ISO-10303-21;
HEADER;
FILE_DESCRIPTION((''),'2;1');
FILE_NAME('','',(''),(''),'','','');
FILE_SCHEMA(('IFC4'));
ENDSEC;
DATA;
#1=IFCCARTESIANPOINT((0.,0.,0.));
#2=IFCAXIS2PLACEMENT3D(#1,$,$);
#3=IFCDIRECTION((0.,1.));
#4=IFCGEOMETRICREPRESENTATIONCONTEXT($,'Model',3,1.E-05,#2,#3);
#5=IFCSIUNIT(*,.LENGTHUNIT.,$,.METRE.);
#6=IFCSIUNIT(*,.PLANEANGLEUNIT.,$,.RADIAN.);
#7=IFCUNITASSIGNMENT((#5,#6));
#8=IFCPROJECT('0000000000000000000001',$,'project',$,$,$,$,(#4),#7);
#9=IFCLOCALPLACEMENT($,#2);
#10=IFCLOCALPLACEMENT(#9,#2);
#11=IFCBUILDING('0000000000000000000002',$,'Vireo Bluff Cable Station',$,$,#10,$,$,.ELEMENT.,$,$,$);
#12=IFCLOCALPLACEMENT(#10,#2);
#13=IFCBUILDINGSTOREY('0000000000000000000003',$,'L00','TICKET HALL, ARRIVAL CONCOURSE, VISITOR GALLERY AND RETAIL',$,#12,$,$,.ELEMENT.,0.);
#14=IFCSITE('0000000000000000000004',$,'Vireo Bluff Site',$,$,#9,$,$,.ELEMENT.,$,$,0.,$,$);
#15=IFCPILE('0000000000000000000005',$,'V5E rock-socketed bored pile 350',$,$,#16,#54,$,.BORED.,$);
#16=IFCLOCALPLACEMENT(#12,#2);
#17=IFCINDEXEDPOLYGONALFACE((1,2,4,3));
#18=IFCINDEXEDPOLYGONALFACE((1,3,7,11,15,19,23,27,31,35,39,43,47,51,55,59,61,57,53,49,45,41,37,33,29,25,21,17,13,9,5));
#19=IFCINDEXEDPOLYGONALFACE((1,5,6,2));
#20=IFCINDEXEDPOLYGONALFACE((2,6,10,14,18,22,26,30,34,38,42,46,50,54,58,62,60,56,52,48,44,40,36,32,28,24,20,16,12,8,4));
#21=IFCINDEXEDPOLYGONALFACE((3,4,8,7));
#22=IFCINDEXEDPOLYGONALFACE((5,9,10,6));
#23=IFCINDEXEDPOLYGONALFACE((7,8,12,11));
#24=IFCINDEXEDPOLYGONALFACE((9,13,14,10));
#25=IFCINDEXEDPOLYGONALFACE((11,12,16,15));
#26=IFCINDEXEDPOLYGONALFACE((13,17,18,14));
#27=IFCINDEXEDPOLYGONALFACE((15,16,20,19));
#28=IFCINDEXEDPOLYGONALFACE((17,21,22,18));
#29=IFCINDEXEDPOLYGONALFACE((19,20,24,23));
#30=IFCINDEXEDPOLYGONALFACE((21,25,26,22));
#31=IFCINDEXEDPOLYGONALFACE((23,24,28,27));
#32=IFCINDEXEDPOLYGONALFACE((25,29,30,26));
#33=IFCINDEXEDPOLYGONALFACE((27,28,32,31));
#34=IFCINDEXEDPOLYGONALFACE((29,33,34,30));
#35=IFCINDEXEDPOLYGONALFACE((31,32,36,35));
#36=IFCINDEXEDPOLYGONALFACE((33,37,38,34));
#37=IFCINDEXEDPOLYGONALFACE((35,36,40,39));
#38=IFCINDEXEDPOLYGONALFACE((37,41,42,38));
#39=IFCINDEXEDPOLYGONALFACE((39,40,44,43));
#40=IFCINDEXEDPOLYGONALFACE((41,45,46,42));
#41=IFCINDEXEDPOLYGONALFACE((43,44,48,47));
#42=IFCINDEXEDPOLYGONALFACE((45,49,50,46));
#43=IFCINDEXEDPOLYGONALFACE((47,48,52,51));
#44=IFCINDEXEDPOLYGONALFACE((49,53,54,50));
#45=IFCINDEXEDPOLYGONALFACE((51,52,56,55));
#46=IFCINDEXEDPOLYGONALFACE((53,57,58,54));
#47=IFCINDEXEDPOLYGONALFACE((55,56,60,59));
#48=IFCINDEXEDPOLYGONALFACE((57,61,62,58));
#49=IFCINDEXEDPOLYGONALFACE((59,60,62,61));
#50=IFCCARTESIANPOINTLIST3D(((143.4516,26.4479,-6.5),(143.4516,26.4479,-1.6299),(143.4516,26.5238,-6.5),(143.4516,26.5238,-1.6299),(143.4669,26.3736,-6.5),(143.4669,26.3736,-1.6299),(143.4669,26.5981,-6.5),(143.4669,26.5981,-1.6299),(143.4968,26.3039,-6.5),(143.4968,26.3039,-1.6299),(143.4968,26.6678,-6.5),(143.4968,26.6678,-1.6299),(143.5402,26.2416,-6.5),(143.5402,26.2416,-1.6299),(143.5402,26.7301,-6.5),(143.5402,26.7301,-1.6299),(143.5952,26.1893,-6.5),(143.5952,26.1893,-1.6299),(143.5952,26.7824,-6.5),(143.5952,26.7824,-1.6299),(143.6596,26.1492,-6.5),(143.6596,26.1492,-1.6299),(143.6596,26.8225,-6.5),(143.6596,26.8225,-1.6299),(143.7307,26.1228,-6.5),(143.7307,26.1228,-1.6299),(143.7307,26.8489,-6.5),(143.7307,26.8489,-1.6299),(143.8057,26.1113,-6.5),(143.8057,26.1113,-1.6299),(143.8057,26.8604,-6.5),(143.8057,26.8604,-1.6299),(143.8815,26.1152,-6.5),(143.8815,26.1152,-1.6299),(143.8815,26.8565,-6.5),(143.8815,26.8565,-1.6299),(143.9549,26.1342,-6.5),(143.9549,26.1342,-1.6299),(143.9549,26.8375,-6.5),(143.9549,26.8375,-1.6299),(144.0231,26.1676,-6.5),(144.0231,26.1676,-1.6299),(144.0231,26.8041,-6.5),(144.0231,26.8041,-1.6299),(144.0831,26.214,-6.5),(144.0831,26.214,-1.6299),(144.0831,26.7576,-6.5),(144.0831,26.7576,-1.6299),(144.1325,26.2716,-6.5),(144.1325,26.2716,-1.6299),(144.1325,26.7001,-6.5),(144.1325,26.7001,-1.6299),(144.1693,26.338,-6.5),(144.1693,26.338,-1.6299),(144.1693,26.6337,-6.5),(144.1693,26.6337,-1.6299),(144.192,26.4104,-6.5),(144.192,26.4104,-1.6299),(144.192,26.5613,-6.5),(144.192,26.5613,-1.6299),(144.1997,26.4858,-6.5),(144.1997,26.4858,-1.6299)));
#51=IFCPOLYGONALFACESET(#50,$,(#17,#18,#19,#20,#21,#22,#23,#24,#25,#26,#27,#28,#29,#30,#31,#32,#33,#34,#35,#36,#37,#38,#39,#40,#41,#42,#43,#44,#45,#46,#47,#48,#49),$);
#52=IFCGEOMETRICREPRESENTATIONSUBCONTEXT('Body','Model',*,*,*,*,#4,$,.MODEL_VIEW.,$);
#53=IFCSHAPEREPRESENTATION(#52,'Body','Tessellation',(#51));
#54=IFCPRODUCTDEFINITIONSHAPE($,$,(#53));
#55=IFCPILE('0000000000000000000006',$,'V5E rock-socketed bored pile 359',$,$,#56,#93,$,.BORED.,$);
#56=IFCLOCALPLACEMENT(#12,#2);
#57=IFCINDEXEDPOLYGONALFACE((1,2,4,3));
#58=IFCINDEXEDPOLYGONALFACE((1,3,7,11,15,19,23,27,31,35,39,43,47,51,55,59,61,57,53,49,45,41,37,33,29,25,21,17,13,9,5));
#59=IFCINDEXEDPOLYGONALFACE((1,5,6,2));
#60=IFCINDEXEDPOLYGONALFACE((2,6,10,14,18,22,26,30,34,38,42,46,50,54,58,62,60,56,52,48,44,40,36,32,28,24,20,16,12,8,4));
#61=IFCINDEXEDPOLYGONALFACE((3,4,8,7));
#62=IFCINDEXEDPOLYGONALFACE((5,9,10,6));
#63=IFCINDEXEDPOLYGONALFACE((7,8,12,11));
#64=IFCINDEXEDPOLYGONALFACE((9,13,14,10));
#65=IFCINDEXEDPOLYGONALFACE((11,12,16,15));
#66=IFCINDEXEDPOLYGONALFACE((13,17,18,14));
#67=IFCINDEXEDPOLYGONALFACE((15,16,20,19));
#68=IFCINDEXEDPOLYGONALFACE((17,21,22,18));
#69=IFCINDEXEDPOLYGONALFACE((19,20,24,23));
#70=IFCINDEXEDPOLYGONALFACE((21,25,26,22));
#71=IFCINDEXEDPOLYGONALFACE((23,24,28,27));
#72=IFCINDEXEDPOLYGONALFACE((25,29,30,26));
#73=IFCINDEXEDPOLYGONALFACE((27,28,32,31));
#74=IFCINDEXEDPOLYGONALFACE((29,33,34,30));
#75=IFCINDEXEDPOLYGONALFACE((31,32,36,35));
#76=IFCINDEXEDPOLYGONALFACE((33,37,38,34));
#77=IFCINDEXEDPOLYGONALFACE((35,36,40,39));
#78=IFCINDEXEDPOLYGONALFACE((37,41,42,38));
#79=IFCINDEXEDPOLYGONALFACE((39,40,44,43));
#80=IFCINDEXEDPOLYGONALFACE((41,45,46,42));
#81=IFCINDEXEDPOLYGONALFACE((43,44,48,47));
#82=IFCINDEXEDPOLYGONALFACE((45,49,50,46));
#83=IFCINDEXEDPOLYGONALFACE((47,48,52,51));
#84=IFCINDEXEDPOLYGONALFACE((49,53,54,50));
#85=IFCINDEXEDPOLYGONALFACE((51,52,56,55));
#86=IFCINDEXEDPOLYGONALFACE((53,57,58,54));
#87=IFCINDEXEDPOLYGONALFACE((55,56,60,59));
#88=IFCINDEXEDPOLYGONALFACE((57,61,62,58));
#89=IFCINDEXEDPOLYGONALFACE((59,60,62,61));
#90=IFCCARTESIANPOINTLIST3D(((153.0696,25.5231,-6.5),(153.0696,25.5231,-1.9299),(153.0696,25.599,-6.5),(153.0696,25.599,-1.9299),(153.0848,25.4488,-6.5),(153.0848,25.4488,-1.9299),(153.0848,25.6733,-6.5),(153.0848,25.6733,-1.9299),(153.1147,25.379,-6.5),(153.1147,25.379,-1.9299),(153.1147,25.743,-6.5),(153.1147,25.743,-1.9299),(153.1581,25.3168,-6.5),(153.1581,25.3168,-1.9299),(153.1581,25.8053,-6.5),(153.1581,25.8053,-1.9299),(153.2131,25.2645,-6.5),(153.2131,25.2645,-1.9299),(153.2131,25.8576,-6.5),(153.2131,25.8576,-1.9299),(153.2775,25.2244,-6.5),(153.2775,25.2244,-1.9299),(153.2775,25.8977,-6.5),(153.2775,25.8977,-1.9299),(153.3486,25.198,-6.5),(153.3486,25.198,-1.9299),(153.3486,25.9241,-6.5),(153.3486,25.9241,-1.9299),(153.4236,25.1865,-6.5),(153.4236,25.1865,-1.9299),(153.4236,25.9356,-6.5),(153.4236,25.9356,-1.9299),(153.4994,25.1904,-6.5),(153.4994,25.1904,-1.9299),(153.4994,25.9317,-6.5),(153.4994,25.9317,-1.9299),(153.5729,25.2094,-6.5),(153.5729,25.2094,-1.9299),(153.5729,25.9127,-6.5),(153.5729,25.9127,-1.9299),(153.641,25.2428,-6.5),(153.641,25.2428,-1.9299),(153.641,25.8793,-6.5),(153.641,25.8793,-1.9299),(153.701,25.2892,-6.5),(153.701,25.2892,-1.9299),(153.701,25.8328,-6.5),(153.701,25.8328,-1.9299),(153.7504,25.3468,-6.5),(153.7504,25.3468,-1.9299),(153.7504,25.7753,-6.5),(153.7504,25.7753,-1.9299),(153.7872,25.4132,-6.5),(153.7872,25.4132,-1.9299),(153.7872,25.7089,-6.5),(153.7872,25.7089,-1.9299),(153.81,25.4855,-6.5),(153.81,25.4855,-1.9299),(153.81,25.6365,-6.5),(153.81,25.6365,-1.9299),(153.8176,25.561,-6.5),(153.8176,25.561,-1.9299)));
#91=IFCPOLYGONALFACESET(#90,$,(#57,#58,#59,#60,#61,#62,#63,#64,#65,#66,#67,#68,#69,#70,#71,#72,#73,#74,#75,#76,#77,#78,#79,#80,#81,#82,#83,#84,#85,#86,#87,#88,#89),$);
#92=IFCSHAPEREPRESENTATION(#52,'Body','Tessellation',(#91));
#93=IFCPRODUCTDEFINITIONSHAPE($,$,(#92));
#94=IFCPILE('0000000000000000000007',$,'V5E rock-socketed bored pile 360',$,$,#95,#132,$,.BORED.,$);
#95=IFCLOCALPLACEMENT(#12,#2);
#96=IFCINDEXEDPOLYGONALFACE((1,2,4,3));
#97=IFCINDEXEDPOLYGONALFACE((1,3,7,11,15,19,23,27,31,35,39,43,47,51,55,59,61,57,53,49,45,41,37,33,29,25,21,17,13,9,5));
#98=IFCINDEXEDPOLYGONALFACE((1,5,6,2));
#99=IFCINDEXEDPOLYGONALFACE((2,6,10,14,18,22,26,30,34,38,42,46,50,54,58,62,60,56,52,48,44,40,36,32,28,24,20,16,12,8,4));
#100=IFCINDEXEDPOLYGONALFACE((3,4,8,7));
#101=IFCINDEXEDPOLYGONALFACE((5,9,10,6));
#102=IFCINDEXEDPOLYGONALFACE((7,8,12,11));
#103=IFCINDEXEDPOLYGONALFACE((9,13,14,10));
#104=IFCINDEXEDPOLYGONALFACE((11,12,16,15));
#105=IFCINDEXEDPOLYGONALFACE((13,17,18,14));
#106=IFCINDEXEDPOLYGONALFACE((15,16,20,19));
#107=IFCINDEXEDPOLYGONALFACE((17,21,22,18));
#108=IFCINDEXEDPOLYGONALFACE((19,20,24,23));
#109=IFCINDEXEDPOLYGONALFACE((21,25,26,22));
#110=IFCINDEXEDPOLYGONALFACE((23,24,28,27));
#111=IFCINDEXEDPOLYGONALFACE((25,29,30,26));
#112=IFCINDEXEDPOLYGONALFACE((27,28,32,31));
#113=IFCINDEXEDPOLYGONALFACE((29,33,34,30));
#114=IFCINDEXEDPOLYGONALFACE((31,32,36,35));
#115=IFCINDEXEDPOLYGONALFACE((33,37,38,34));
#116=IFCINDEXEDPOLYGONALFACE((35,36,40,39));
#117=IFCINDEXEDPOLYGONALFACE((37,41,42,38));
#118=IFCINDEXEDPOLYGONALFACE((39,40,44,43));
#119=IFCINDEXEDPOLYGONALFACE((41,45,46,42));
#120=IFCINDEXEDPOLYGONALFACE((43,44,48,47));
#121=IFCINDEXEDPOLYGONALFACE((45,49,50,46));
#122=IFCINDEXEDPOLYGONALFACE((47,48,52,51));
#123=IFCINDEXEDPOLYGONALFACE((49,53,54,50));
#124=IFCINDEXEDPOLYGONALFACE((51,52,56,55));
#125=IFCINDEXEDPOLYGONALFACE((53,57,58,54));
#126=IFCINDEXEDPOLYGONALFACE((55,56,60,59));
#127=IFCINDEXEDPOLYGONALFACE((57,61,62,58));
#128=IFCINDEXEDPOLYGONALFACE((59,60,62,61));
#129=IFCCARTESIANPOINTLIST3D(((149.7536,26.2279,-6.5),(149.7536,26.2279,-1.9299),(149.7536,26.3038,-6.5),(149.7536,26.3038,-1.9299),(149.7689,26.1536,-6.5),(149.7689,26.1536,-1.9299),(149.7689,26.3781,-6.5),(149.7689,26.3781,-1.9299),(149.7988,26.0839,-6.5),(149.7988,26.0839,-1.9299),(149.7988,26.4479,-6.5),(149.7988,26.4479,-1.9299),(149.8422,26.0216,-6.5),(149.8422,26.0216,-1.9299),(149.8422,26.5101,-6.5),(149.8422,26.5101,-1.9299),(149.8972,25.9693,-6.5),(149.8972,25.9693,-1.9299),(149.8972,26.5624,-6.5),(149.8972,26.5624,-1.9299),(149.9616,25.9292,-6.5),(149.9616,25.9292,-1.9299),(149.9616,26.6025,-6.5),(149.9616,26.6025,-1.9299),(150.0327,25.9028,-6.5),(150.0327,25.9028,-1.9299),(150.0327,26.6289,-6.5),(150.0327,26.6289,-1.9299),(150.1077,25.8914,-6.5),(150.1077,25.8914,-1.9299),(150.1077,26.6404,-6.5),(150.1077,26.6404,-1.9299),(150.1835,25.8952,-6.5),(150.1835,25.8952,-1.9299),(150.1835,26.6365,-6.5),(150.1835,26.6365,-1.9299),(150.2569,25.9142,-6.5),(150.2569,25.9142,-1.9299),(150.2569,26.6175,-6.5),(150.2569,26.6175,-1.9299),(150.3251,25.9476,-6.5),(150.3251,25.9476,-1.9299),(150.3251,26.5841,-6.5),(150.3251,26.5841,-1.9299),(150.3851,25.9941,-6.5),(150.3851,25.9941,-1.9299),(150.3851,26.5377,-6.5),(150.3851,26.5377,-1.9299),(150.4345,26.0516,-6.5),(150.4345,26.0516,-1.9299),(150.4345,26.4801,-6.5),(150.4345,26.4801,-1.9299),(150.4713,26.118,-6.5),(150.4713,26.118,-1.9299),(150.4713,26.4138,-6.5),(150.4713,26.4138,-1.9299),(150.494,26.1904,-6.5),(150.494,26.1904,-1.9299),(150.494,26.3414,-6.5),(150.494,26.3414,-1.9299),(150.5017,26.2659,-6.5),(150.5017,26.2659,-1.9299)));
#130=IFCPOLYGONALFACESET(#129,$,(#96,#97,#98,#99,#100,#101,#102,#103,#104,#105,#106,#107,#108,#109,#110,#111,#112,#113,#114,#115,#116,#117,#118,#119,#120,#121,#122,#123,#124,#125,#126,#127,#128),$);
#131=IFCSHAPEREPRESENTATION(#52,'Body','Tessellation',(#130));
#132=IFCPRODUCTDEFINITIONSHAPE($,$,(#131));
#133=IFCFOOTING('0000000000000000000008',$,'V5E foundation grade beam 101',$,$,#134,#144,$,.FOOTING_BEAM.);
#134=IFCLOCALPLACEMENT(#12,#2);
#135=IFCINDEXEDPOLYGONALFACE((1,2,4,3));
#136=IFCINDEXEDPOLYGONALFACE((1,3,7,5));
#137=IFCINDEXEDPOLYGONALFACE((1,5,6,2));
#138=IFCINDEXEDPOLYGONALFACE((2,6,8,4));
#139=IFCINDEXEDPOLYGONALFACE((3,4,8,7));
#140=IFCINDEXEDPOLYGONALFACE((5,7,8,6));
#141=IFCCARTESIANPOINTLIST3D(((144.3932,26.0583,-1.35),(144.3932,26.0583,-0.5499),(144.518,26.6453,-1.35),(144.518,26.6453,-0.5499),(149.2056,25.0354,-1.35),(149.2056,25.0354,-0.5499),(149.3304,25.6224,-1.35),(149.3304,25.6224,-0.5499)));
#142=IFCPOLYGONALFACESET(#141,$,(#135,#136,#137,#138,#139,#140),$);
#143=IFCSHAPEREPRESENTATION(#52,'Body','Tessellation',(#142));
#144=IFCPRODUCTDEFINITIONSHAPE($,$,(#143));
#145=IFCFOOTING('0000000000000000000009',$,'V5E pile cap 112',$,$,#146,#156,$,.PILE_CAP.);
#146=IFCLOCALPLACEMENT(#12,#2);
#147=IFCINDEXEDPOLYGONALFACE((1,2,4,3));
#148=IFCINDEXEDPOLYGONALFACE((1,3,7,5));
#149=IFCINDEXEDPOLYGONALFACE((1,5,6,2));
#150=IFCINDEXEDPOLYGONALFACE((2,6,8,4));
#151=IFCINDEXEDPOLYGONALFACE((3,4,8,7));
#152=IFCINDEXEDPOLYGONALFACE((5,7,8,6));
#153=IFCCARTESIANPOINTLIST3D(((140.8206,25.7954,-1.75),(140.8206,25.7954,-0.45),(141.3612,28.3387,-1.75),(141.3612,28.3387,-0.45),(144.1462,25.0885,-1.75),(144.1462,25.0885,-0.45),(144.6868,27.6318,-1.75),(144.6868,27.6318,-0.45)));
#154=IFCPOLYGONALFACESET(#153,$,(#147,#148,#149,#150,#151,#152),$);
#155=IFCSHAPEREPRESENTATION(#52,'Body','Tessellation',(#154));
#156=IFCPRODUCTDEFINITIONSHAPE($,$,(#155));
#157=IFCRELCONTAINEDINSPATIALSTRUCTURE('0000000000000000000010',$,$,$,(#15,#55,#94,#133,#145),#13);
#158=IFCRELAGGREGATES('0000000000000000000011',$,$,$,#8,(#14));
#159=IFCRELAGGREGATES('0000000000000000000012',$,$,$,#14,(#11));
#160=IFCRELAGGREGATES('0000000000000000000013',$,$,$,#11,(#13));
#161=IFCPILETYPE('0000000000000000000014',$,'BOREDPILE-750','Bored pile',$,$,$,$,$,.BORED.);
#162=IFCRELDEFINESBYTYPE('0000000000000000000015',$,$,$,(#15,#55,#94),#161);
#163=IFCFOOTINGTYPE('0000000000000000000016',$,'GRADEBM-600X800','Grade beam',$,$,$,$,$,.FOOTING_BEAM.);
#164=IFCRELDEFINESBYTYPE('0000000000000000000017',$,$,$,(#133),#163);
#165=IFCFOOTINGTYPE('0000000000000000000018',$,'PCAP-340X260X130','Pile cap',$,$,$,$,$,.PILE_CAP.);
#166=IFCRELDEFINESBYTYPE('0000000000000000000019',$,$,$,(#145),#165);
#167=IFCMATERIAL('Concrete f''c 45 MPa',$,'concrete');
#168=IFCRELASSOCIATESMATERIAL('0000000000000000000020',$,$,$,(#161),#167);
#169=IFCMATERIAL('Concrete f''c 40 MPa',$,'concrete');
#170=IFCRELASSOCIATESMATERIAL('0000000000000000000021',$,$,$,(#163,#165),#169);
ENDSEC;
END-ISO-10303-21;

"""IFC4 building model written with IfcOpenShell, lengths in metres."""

from ifc_helpers import new_model, si_unit, direction, frame, origin, origin_2d, place, context, subcontext, project, spatial, rectangle, circle, extrude, material, material_profile, profile_set, type_object, element, save


model = new_model("IFC4")

# Units and contexts
model_context = context("Model", 3, precision=1e-05, world=origin(), true_north=direction((0.0, 1.0)))
body_context = subcontext(model_context, "Body", "Model", "MODEL_VIEW")
ifc_project = project(units=[si_unit("LENGTHUNIT", "METRE"), si_unit("PLANEANGLEUNIT", "RADIAN")], contexts=[model_context])

# Site, building, storey
site_placement = place(None, origin())
site = spatial("IfcSite", under=ifc_project, at=site_placement, Name="Vireo Bluff Site", CompositionType="ELEMENT", RefElevation=0.0)
building_placement = place(site_placement, origin())
building = spatial("IfcBuilding", under=site, at=building_placement, Name="Vireo Bluff Cable Station", CompositionType="ELEMENT")
storey_placement = place(building_placement, origin())
storey = spatial("IfcBuildingStorey", under=building, at=storey_placement, Name="L00", Description="TICKET HALL, ARRIVAL CONCOURSE, VISITOR GALLERY AND RETAIL", CompositionType="ELEMENT", Elevation=0.0)

# Piles
ifc_material_1 = material(Name="Concrete f'c 45 MPa", Category="concrete")
ifc_material_profile_1 = material_profile(ifc_material_1, circle(Radius=0.375, at=origin_2d()), Name="BOREDPILE-750")
ifc_profile_set_1 = profile_set([ifc_material_profile_1], Name="Concrete f'c 45 MPa")
pile_type = type_object("IfcPileType", Name="BOREDPILE-750", Description="Bored pile", PredefinedType="BORED", material=ifc_profile_set_1)
pile_placement = place(storey_placement, frame((143.8247, 26.4858, -1.6299), z_axis=(0.0, 0.0, -1.0), x_axis=(1.0, 0.0, 0.0)))
element("IfcPile", 1, at=pile_placement, inside=storey, type_object=pile_type, Name="V5E rock-socketed bored pile 350", PredefinedType="BORED", context=body_context, shape_type="SweptSolid", body=[
    extrude(circle(Radius=0.375, at=origin_2d()), origin(), (0.0, 0.0, 1.0), 4.8701),
])
for number, where, z_axis, x_axis, name in (
    (2, (153.4426, 25.561, -1.9299), (0.0, 0.0, -1.0), (1.0, 0.0, 0.0), "V5E rock-socketed bored pile 359"),
    (3, (150.1267, 26.2659, -1.9299), (0.0, 0.0, -1.0), (1.0, 0.0, 0.0), "V5E rock-socketed bored pile 360"),
):
    element("IfcPile", number, at=place(storey_placement, frame(where, z_axis=z_axis, x_axis=x_axis)), inside=storey, type_object=pile_type, Name=name, PredefinedType="BORED", context=body_context, shape_type="SweptSolid", body=[
        extrude(circle(Radius=0.375, at=origin_2d()), origin(), (0.0, 0.0, 1.0), 4.5701),
    ])

# Footings
ifc_material_2 = material(Name="Concrete f'c 40 MPa", Category="concrete")
ifc_material_profile_2 = material_profile(ifc_material_2, rectangle(XDim=0.6001, YDim=0.8, at=origin_2d()), Name="GRADEBM-600X800")
ifc_profile_set_2 = profile_set([ifc_material_profile_2], Name="Concrete f'c 40 MPa")
footing_type_1 = type_object("IfcFootingType", Name="GRADEBM-600X800", Description="Grade beam", PredefinedType="FOOTING_BEAM", material=ifc_profile_set_2)
footing_1_placement = place(storey_placement, frame((144.4556, 26.3518, -0.95), z_axis=(0.978147, -0.207916, 0.0), x_axis=(0.207916, 0.978147, 0.0)))
element("IfcFooting", 4, at=footing_1_placement, inside=storey, type_object=footing_type_1, Name="V5E foundation grade beam 101", PredefinedType="FOOTING_BEAM", context=body_context, shape_type="SweptSolid", body=[
    extrude(rectangle(XDim=0.6001, YDim=0.8, at=origin_2d()), origin(), (0.0, 0.0, 1.0), 4.9199),
])
footing_type_2 = type_object("IfcFootingType", Name="PCAP-340X260X130", Description="Pile cap", PredefinedType="PILE_CAP", material=ifc_material_2)
footing_2_placement = place(storey_placement, frame((142.7537, 26.7136, -1.75), z_axis=(0.0, 0.0, 1.0), x_axis=(0.978148, -0.207912, 0.0)))
element("IfcFooting", 5, at=footing_2_placement, inside=storey, type_object=footing_type_2, Name="V5E pile cap 112", PredefinedType="PILE_CAP", context=body_context, shape_type="SweptSolid", body=[
    extrude(rectangle(XDim=3.3999, YDim=2.6001, at=origin_2d()), origin(), (0.0, 0.0, 1.0), 1.3),
])

save(model, "model.ifc")
